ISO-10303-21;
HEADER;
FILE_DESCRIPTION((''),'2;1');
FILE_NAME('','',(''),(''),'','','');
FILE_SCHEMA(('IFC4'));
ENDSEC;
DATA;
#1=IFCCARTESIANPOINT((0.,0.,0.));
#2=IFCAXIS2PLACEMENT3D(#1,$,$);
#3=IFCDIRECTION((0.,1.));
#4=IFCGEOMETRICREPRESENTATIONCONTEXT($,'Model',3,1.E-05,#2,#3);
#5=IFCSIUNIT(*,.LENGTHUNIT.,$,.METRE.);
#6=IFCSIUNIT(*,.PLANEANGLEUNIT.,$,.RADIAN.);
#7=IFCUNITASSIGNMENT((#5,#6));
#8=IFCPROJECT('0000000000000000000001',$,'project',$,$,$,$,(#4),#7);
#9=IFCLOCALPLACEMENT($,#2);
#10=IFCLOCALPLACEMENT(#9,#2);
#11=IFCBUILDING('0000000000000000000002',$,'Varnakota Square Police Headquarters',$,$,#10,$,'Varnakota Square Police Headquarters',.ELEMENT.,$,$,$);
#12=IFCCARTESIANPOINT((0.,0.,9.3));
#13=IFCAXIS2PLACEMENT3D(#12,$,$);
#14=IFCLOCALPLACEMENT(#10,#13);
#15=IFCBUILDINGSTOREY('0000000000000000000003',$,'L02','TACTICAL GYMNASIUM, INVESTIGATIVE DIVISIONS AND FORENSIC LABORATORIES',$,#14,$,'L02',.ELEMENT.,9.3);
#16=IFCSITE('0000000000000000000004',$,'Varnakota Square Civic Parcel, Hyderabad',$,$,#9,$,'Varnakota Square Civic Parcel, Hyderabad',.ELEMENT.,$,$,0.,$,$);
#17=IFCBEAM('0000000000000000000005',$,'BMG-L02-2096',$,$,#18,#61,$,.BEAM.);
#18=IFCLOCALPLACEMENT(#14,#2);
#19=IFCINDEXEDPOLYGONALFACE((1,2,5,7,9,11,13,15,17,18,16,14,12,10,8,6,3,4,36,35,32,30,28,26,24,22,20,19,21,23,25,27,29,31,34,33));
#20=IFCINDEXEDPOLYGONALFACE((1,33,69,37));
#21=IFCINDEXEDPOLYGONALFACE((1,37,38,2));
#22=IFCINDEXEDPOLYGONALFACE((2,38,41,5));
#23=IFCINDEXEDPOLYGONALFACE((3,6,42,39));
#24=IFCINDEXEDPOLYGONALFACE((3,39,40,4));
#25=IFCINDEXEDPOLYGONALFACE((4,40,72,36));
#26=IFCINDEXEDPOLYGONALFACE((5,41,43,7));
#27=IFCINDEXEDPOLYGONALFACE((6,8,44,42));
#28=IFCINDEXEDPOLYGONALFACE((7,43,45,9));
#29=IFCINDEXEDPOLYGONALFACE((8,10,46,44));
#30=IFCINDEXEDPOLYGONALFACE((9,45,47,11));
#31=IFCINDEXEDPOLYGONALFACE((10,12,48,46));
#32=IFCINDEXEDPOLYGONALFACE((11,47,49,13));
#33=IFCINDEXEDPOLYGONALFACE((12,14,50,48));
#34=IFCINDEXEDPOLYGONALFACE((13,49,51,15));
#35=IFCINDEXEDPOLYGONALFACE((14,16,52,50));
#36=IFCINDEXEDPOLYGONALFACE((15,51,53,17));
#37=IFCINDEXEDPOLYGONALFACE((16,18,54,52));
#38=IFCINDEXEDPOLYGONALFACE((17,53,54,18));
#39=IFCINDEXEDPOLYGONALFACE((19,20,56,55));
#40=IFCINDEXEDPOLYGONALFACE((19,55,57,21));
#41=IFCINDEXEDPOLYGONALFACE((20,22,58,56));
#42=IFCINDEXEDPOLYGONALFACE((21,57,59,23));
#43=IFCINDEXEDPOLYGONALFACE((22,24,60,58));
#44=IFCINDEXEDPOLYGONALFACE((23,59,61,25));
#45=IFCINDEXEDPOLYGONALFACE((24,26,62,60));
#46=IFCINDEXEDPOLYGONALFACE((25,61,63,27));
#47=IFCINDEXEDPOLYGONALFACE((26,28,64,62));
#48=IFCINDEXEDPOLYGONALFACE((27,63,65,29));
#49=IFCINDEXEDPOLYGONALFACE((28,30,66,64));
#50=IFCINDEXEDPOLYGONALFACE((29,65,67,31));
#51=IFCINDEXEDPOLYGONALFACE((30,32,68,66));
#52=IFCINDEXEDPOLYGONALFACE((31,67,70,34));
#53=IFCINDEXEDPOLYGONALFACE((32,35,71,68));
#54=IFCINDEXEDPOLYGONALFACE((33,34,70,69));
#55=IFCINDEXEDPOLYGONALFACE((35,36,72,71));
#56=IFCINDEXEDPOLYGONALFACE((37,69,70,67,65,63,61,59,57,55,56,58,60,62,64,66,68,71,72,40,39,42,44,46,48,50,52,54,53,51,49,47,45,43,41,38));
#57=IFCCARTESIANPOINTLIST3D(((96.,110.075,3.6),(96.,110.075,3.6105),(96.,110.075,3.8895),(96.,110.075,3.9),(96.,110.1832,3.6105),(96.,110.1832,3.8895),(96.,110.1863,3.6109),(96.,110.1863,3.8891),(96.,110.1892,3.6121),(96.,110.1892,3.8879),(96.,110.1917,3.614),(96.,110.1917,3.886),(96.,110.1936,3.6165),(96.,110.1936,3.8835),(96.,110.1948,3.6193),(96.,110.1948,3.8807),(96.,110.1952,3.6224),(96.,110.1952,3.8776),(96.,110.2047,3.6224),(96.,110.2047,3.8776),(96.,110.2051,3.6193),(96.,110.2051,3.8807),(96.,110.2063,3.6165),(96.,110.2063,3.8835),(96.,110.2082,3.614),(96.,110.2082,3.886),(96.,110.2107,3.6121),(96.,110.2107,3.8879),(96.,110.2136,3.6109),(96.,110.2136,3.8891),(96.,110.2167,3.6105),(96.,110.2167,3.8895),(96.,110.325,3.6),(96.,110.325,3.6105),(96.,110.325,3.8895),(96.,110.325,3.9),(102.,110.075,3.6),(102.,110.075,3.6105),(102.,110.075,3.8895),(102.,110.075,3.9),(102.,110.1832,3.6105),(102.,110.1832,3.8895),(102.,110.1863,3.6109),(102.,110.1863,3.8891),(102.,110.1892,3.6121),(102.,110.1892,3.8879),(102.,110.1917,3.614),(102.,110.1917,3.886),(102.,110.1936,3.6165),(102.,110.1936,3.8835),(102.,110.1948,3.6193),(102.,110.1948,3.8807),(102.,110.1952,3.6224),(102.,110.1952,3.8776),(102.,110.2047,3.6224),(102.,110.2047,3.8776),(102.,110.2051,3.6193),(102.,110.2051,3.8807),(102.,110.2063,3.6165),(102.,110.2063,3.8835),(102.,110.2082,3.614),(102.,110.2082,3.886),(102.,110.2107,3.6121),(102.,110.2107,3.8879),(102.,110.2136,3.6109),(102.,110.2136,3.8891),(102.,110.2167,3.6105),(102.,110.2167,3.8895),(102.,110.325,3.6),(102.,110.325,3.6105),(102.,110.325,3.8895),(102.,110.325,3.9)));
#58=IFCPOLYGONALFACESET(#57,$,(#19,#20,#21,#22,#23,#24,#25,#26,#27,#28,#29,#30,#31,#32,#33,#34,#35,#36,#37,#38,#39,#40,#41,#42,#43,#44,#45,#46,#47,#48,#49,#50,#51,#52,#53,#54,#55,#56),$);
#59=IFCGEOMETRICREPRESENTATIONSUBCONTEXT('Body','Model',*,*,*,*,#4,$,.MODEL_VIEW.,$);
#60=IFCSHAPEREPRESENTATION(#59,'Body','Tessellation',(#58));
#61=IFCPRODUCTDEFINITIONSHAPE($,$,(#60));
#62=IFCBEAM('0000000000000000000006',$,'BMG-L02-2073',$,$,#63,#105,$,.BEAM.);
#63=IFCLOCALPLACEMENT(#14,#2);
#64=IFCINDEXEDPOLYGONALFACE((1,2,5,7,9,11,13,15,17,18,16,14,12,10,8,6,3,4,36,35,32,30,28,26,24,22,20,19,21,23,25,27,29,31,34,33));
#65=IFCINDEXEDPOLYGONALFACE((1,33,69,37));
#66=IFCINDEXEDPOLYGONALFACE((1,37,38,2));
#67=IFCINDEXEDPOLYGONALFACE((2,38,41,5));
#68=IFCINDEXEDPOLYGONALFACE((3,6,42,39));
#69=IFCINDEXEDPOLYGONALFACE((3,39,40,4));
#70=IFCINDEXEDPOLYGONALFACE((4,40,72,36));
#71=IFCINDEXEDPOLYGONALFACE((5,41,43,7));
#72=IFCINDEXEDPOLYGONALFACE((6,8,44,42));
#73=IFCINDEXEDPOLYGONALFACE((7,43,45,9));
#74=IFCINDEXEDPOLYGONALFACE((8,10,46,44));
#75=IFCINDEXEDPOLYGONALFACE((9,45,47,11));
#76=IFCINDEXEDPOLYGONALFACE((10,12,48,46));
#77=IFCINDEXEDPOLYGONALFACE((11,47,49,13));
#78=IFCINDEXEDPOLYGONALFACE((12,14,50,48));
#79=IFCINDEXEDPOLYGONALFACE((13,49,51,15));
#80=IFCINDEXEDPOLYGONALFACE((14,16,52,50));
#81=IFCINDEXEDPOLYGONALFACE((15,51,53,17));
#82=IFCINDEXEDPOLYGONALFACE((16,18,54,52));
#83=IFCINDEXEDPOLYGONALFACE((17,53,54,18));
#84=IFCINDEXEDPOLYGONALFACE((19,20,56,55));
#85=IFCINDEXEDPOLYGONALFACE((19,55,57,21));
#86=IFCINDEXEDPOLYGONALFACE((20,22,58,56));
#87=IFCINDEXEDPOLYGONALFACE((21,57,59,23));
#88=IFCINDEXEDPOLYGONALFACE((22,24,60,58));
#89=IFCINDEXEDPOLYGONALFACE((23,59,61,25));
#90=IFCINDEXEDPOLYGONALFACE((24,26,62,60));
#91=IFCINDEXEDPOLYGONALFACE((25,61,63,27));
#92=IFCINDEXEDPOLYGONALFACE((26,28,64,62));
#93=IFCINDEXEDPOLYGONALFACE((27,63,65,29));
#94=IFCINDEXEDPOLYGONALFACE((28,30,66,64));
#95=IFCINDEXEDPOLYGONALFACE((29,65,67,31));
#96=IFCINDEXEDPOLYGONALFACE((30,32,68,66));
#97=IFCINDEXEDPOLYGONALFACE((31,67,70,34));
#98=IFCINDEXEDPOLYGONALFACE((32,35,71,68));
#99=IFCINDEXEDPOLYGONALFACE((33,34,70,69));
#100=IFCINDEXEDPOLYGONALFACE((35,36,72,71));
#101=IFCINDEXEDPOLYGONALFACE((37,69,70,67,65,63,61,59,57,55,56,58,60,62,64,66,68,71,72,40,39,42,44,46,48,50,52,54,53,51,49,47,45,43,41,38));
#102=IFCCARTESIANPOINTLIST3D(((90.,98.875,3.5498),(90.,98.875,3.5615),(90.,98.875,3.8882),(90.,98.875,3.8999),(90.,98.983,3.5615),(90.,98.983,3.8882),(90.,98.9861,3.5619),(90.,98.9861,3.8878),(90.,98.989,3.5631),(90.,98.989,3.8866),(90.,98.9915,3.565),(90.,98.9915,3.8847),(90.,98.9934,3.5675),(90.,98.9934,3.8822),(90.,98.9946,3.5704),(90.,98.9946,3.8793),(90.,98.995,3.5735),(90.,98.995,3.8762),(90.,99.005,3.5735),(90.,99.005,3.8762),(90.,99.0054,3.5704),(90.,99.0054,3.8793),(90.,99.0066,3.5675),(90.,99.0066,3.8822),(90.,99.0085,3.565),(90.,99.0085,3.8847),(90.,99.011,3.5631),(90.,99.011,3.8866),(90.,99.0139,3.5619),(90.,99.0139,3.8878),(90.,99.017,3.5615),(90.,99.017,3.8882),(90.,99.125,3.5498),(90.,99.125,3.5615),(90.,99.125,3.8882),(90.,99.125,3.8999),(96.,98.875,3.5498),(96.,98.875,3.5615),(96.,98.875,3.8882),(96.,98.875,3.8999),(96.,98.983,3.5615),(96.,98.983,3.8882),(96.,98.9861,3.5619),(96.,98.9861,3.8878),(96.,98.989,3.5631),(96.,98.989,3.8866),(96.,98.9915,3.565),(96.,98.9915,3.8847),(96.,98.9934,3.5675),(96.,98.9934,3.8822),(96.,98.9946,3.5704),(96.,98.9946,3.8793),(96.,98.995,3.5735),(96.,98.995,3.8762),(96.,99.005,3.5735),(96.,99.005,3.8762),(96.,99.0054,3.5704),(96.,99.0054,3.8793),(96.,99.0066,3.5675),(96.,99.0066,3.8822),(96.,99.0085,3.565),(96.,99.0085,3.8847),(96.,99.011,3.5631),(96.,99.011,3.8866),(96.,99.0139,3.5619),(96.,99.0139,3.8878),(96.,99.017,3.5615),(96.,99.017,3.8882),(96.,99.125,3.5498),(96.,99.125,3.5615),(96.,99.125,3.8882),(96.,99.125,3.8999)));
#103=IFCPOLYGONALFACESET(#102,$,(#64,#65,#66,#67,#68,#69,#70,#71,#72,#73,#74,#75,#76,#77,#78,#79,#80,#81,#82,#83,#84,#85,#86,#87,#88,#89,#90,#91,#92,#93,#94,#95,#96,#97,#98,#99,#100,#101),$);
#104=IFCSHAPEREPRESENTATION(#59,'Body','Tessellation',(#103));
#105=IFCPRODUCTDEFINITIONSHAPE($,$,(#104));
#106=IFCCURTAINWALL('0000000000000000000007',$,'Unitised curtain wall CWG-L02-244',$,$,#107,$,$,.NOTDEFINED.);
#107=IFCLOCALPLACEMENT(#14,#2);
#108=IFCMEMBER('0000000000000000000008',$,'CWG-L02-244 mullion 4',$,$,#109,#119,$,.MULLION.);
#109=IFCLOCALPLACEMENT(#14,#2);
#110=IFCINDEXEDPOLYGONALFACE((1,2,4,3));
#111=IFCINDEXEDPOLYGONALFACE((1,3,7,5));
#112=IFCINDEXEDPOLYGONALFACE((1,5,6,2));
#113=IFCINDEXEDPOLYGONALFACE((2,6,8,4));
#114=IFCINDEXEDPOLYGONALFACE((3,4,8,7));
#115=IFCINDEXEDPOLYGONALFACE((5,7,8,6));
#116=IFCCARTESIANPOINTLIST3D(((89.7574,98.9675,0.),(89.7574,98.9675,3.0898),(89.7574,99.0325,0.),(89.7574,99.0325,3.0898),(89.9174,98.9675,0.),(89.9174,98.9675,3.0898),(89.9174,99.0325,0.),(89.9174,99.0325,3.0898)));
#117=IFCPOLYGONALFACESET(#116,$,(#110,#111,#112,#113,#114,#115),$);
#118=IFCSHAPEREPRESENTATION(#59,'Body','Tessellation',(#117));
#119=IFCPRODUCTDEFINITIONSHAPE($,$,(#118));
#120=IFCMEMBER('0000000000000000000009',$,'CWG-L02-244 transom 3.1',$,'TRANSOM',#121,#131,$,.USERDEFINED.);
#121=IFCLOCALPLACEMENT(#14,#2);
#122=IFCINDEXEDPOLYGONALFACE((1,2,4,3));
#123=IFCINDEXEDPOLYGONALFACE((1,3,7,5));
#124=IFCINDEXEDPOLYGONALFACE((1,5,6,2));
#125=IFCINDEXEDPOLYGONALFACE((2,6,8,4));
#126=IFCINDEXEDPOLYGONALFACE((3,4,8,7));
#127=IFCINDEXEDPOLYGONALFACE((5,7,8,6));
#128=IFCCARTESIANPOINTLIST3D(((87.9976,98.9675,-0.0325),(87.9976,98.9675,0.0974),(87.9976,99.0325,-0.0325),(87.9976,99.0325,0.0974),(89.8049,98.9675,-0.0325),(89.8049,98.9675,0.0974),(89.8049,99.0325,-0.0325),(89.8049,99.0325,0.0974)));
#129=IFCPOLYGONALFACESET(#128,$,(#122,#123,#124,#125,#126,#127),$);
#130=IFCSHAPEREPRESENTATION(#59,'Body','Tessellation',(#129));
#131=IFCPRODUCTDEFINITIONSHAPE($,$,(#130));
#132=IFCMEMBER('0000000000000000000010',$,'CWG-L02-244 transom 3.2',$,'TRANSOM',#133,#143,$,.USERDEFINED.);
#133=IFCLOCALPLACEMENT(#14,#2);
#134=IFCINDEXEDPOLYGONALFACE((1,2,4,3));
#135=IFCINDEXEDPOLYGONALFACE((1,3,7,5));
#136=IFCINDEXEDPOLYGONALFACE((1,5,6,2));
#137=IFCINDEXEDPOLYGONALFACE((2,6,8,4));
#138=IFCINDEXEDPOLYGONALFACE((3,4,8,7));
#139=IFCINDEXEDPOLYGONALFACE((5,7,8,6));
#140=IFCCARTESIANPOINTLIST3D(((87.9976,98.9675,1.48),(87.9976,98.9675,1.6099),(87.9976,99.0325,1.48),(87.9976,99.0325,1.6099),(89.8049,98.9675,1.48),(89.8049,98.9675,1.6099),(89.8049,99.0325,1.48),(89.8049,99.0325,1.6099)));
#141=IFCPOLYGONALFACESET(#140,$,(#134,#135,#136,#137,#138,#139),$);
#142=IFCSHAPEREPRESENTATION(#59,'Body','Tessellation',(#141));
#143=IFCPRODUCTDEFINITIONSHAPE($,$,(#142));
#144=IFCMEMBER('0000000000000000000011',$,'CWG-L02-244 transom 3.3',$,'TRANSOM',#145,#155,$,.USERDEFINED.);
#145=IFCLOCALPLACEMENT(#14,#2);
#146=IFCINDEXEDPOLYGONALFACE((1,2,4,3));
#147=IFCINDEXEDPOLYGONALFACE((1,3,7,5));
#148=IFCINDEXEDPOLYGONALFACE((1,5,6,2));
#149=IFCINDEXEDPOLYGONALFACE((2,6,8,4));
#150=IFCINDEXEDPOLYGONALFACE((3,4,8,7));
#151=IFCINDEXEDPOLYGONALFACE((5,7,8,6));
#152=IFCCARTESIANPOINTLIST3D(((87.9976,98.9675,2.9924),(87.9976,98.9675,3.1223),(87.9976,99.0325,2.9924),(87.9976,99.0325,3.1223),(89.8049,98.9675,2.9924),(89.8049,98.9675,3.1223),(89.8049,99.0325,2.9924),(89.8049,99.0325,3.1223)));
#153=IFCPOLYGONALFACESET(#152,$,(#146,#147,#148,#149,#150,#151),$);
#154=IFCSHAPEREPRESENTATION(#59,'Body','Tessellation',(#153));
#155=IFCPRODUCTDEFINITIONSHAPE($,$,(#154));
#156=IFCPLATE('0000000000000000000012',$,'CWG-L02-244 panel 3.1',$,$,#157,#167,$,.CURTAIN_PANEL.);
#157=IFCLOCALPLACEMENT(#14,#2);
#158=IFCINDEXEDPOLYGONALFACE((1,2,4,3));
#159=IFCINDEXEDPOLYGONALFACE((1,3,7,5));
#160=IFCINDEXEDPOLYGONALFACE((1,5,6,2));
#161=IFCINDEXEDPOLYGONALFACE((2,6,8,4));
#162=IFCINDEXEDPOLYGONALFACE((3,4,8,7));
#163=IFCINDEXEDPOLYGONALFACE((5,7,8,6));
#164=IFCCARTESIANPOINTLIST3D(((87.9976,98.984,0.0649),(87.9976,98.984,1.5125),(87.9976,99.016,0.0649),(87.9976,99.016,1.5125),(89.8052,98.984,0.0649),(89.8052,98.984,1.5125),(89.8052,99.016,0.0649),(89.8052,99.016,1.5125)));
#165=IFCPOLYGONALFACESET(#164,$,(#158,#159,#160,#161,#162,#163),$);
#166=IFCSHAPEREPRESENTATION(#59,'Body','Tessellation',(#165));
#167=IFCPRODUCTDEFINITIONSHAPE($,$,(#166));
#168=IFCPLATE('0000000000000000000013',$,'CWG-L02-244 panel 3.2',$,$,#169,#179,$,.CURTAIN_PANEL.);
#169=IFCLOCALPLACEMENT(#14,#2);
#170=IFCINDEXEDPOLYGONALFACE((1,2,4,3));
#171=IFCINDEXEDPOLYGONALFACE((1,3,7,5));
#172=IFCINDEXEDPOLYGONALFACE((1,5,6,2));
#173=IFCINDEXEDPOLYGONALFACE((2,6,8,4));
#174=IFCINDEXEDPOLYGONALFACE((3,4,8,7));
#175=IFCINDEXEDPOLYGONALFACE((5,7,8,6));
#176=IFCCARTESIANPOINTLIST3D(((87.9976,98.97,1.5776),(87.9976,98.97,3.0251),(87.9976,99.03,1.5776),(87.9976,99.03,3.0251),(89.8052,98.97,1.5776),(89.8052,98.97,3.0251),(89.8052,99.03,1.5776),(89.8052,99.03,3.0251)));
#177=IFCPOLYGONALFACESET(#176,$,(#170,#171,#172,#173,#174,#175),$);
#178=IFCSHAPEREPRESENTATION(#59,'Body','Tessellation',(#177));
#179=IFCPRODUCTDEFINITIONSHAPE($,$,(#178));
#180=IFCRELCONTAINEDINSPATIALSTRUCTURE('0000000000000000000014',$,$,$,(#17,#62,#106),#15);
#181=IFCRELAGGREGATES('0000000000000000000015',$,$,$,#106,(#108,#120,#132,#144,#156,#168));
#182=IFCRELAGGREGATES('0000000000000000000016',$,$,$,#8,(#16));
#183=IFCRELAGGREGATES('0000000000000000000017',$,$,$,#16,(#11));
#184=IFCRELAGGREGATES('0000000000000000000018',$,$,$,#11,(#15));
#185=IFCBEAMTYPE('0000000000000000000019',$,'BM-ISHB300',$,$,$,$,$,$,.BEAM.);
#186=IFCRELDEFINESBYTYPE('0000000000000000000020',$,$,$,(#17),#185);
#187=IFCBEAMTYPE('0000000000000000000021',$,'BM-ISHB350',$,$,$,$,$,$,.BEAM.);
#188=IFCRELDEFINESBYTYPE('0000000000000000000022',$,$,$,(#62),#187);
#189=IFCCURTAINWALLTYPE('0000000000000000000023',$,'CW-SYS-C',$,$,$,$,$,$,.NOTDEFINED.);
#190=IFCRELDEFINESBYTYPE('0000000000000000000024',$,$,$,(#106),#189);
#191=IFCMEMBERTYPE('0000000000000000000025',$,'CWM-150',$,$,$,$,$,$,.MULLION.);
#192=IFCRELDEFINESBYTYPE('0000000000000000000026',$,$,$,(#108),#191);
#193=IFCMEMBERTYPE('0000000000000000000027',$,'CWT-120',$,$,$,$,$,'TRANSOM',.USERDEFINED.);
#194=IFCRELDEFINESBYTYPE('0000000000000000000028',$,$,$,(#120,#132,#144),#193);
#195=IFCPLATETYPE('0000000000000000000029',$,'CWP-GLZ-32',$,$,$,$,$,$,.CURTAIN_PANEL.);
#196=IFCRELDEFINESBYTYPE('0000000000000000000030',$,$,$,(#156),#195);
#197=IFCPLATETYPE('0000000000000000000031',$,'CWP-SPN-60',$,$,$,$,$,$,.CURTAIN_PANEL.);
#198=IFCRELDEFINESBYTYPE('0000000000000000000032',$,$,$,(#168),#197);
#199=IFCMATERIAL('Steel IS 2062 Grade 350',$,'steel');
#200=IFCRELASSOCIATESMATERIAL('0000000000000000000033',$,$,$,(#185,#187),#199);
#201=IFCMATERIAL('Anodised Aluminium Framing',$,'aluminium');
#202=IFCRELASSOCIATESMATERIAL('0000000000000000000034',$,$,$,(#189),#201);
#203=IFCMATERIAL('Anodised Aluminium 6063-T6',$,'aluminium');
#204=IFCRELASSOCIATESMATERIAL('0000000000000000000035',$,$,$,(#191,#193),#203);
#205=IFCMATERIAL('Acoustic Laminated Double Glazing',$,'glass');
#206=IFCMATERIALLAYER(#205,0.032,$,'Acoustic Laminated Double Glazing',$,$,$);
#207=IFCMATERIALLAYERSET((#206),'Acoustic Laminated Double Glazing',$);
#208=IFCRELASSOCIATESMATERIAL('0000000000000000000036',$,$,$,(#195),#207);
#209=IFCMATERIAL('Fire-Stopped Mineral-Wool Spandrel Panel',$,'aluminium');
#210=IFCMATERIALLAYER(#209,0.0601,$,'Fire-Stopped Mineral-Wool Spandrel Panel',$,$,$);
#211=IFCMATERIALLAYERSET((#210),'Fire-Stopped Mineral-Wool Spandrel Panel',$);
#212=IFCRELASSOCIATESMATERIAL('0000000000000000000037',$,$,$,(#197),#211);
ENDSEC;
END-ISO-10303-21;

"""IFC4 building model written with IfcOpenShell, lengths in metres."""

from ifc_helpers import new_model, si_unit, direction, frame, origin, origin_2d, place, context, subcontext, project, spatial, rectangle, i_section, extrude, material, layer, layer_set, material_profile, profile_set, type_object, element, aggregate, save


model = new_model("IFC4")

# Units and contexts
model_context = context("Model", 3, precision=1e-05, world=origin(), true_north=direction((0.0, 1.0)))
body_context = subcontext(model_context, "Body", "Model", "MODEL_VIEW")
ifc_project = project(units=[si_unit("LENGTHUNIT", "METRE"), si_unit("PLANEANGLEUNIT", "RADIAN")], contexts=[model_context])

# Site, building, storey
site_placement = place(None, origin())
site = spatial("IfcSite", under=ifc_project, at=site_placement, Name="Varnakota Square Civic Parcel, Hyderabad", LongName="Varnakota Square Civic Parcel, Hyderabad", CompositionType="ELEMENT", RefElevation=0.0)
building_placement = place(site_placement, origin())
building = spatial("IfcBuilding", under=site, at=building_placement, Name="Varnakota Square Police Headquarters", LongName="Varnakota Square Police Headquarters", CompositionType="ELEMENT")
storey_placement = place(building_placement, frame((0.0, 0.0, 9.3)))
storey = spatial("IfcBuildingStorey", under=building, at=storey_placement, Name="L02", Description="TACTICAL GYMNASIUM, INVESTIGATIVE DIVISIONS AND FORENSIC LABORATORIES", LongName="L02", CompositionType="ELEMENT", Elevation=9.3)

# Shared definitions
ifc_material_1 = material(Name="Steel IS 2062 Grade 350", Category="steel")

# Beams
ifc_material_profile_1 = material_profile(ifc_material_1, i_section(OverallWidth=0.25, OverallDepth=0.3, WebThickness=0.0095, FlangeThickness=0.0105, FilletRadius=0.012, at=origin_2d()), Name="ISHB 300")
ifc_profile_set_1 = profile_set([ifc_material_profile_1], Name="Steel IS 2062 Grade 350")
beam_type_1 = type_object("IfcBeamType", Name="BM-ISHB300", PredefinedType="BEAM", material=ifc_profile_set_1)
beam_1_placement = place(storey_placement, frame((96.0, 110.2, 3.75), z_axis=(1.0, 0.0, 0.0), x_axis=(0.0, 1.0, 0.0)))
element("IfcBeam", 1, at=beam_1_placement, inside=storey, type_object=beam_type_1, Name="BMG-L02-2096", PredefinedType="BEAM", context=body_context, shape_type="SweptSolid", body=[
    extrude(i_section(OverallWidth=0.25, OverallDepth=0.3, WebThickness=0.0095, FlangeThickness=0.0105, FilletRadius=0.012, at=origin_2d()), origin(), (0.0, 0.0, 1.0), 6.0),
])
ifc_material_profile_2 = material_profile(ifc_material_1, i_section(OverallWidth=0.25, OverallDepth=0.3501, WebThickness=0.01, FlangeThickness=0.0117, FilletRadius=0.012, at=origin_2d()), Name="ISHB 350")
ifc_profile_set_2 = profile_set([ifc_material_profile_2], Name="Steel IS 2062 Grade 350")
beam_type_2 = type_object("IfcBeamType", Name="BM-ISHB350", PredefinedType="BEAM", material=ifc_profile_set_2)
beam_2_placement = place(storey_placement, frame((90.0, 99.0, 3.7249), z_axis=(1.0, 0.0, 0.0), x_axis=(0.0, 1.0, 0.0)))
element("IfcBeam", 2, at=beam_2_placement, inside=storey, type_object=beam_type_2, Name="BMG-L02-2073", PredefinedType="BEAM", context=body_context, shape_type="SweptSolid", body=[
    extrude(i_section(OverallWidth=0.25, OverallDepth=0.3501, WebThickness=0.01, FlangeThickness=0.0117, FilletRadius=0.012, at=origin_2d()), origin(), (0.0, 0.0, 1.0), 6.0),
])

# Curtain wall, members, plates
ifc_material_2 = material(Name="Anodised Aluminium Framing", Category="aluminium")
curtain_wall_type = type_object("IfcCurtainWallType", Name="CW-SYS-C", PredefinedType="NOTDEFINED", material=ifc_material_2)
curtain_wall_placement = place(storey_placement, origin())
curtain_wall = element("IfcCurtainWall", 3, at=curtain_wall_placement, inside=storey, type_object=curtain_wall_type, Name="Unitised curtain wall CWG-L02-244", PredefinedType="NOTDEFINED")
ifc_material_3 = material(Name="Anodised Aluminium 6063-T6", Category="aluminium")
ifc_material_profile_3 = material_profile(ifc_material_3, rectangle(XDim=0.0649, YDim=0.1599, at=origin_2d()), Name="ALU MULLION 65x160")
ifc_profile_set_3 = profile_set([ifc_material_profile_3], Name="Anodised Aluminium 6063-T6")
member_type_1 = type_object("IfcMemberType", Name="CWM-150", PredefinedType="MULLION", material=ifc_profile_set_3)
member_1_placement = place(storey_placement, frame((89.8374, 99.0, 0.0), z_axis=(0.0, 0.0, 1.0), x_axis=(0.0, 1.0, 0.0)))
member_1 = element("IfcMember", 4, at=member_1_placement, type_object=member_type_1, Name="CWG-L02-244 mullion 4", PredefinedType="MULLION", context=body_context, shape_type="SweptSolid", body=[
    extrude(rectangle(XDim=0.0649, YDim=0.1599, at=origin_2d()), origin(), (0.0, 0.0, 1.0), 3.0898),
])
ifc_material_profile_4 = material_profile(ifc_material_3, rectangle(XDim=0.0649, YDim=0.1299, at=origin_2d()), Name="ALU TRANSOM 65x130")
ifc_profile_set_4 = profile_set([ifc_material_profile_4], Name="Anodised Aluminium 6063-T6")
member_type_2 = type_object("IfcMemberType", Name="CWT-120", ElementType="TRANSOM", PredefinedType="USERDEFINED", material=ifc_profile_set_4)
member_2_placement = place(storey_placement, frame((87.9976, 99.0, 0.0325), z_axis=(1.0, 0.0, 0.0), x_axis=(0.0, 1.0, 0.0)))
member_2 = element("IfcMember", 5, at=member_2_placement, type_object=member_type_2, Name="CWG-L02-244 transom 3.1", ObjectType="TRANSOM", PredefinedType="USERDEFINED", context=body_context, shape_type="SweptSolid", body=[
    extrude(rectangle(XDim=0.0649, YDim=0.1299, at=origin_2d()), origin(), (0.0, 0.0, 1.0), 1.8074),
])
member_3_placement = place(storey_placement, frame((87.9976, 99.0, 1.5449), z_axis=(1.0, 0.0, 0.0), x_axis=(0.0, 1.0, 0.0)))
member_3 = element("IfcMember", 6, at=member_3_placement, type_object=member_type_2, Name="CWG-L02-244 transom 3.2", ObjectType="TRANSOM", PredefinedType="USERDEFINED", context=body_context, shape_type="SweptSolid", body=[
    extrude(rectangle(XDim=0.0649, YDim=0.1299, at=origin_2d()), origin(), (0.0, 0.0, 1.0), 1.8074),
])
member_4_placement = place(storey_placement, frame((87.9976, 99.0, 3.0574), z_axis=(1.0, 0.0, 0.0), x_axis=(0.0, 1.0, 0.0)))
member_4 = element("IfcMember", 7, at=member_4_placement, type_object=member_type_2, Name="CWG-L02-244 transom 3.3", ObjectType="TRANSOM", PredefinedType="USERDEFINED", context=body_context, shape_type="SweptSolid", body=[
    extrude(rectangle(XDim=0.0649, YDim=0.1299, at=origin_2d()), origin(), (0.0, 0.0, 1.0), 1.8074),
])
ifc_material_4 = material(Name="Acoustic Laminated Double Glazing", Category="glass")
ifc_layer_1 = layer(ifc_material_4, 0.032, Name="Acoustic Laminated Double Glazing")
ifc_layer_set_1 = layer_set([ifc_layer_1], Name="Acoustic Laminated Double Glazing")
plate_type_1 = type_object("IfcPlateType", Name="CWP-GLZ-32", PredefinedType="CURTAIN_PANEL", material=ifc_layer_set_1)
plate_1_placement = place(storey_placement, frame((88.9014, 99.0, 0.0649), z_axis=(0.0, 0.0, 1.0), x_axis=(1.0, 0.0, 0.0)))
plate_1 = element("IfcPlate", 8, at=plate_1_placement, type_object=plate_type_1, Name="CWG-L02-244 panel 3.1", PredefinedType="CURTAIN_PANEL", context=body_context, shape_type="SweptSolid", body=[
    extrude(rectangle(XDim=1.8076, YDim=0.032, at=origin_2d()), origin(), (0.0, 0.0, 1.0), 1.4475),
])
ifc_material_5 = material(Name="Fire-Stopped Mineral-Wool Spandrel Panel", Category="aluminium")
ifc_layer_2 = layer(ifc_material_5, 0.0601, Name="Fire-Stopped Mineral-Wool Spandrel Panel")
ifc_layer_set_2 = layer_set([ifc_layer_2], Name="Fire-Stopped Mineral-Wool Spandrel Panel")
plate_type_2 = type_object("IfcPlateType", Name="CWP-SPN-60", PredefinedType="CURTAIN_PANEL", material=ifc_layer_set_2)
plate_2_placement = place(storey_placement, frame((88.9014, 99.0, 1.5776), z_axis=(0.0, 0.0, 1.0), x_axis=(1.0, 0.0, 0.0)))
plate_2 = element("IfcPlate", 9, at=plate_2_placement, type_object=plate_type_2, Name="CWG-L02-244 panel 3.2", PredefinedType="CURTAIN_PANEL", context=body_context, shape_type="SweptSolid", body=[
    extrude(rectangle(XDim=1.8076, YDim=0.0601, at=origin_2d()), origin(), (0.0, 0.0, 1.0), 1.4475),
])
aggregate(curtain_wall, [member_1, member_2, member_3, member_4, plate_1, plate_2])

save(model, "model.ifc")
